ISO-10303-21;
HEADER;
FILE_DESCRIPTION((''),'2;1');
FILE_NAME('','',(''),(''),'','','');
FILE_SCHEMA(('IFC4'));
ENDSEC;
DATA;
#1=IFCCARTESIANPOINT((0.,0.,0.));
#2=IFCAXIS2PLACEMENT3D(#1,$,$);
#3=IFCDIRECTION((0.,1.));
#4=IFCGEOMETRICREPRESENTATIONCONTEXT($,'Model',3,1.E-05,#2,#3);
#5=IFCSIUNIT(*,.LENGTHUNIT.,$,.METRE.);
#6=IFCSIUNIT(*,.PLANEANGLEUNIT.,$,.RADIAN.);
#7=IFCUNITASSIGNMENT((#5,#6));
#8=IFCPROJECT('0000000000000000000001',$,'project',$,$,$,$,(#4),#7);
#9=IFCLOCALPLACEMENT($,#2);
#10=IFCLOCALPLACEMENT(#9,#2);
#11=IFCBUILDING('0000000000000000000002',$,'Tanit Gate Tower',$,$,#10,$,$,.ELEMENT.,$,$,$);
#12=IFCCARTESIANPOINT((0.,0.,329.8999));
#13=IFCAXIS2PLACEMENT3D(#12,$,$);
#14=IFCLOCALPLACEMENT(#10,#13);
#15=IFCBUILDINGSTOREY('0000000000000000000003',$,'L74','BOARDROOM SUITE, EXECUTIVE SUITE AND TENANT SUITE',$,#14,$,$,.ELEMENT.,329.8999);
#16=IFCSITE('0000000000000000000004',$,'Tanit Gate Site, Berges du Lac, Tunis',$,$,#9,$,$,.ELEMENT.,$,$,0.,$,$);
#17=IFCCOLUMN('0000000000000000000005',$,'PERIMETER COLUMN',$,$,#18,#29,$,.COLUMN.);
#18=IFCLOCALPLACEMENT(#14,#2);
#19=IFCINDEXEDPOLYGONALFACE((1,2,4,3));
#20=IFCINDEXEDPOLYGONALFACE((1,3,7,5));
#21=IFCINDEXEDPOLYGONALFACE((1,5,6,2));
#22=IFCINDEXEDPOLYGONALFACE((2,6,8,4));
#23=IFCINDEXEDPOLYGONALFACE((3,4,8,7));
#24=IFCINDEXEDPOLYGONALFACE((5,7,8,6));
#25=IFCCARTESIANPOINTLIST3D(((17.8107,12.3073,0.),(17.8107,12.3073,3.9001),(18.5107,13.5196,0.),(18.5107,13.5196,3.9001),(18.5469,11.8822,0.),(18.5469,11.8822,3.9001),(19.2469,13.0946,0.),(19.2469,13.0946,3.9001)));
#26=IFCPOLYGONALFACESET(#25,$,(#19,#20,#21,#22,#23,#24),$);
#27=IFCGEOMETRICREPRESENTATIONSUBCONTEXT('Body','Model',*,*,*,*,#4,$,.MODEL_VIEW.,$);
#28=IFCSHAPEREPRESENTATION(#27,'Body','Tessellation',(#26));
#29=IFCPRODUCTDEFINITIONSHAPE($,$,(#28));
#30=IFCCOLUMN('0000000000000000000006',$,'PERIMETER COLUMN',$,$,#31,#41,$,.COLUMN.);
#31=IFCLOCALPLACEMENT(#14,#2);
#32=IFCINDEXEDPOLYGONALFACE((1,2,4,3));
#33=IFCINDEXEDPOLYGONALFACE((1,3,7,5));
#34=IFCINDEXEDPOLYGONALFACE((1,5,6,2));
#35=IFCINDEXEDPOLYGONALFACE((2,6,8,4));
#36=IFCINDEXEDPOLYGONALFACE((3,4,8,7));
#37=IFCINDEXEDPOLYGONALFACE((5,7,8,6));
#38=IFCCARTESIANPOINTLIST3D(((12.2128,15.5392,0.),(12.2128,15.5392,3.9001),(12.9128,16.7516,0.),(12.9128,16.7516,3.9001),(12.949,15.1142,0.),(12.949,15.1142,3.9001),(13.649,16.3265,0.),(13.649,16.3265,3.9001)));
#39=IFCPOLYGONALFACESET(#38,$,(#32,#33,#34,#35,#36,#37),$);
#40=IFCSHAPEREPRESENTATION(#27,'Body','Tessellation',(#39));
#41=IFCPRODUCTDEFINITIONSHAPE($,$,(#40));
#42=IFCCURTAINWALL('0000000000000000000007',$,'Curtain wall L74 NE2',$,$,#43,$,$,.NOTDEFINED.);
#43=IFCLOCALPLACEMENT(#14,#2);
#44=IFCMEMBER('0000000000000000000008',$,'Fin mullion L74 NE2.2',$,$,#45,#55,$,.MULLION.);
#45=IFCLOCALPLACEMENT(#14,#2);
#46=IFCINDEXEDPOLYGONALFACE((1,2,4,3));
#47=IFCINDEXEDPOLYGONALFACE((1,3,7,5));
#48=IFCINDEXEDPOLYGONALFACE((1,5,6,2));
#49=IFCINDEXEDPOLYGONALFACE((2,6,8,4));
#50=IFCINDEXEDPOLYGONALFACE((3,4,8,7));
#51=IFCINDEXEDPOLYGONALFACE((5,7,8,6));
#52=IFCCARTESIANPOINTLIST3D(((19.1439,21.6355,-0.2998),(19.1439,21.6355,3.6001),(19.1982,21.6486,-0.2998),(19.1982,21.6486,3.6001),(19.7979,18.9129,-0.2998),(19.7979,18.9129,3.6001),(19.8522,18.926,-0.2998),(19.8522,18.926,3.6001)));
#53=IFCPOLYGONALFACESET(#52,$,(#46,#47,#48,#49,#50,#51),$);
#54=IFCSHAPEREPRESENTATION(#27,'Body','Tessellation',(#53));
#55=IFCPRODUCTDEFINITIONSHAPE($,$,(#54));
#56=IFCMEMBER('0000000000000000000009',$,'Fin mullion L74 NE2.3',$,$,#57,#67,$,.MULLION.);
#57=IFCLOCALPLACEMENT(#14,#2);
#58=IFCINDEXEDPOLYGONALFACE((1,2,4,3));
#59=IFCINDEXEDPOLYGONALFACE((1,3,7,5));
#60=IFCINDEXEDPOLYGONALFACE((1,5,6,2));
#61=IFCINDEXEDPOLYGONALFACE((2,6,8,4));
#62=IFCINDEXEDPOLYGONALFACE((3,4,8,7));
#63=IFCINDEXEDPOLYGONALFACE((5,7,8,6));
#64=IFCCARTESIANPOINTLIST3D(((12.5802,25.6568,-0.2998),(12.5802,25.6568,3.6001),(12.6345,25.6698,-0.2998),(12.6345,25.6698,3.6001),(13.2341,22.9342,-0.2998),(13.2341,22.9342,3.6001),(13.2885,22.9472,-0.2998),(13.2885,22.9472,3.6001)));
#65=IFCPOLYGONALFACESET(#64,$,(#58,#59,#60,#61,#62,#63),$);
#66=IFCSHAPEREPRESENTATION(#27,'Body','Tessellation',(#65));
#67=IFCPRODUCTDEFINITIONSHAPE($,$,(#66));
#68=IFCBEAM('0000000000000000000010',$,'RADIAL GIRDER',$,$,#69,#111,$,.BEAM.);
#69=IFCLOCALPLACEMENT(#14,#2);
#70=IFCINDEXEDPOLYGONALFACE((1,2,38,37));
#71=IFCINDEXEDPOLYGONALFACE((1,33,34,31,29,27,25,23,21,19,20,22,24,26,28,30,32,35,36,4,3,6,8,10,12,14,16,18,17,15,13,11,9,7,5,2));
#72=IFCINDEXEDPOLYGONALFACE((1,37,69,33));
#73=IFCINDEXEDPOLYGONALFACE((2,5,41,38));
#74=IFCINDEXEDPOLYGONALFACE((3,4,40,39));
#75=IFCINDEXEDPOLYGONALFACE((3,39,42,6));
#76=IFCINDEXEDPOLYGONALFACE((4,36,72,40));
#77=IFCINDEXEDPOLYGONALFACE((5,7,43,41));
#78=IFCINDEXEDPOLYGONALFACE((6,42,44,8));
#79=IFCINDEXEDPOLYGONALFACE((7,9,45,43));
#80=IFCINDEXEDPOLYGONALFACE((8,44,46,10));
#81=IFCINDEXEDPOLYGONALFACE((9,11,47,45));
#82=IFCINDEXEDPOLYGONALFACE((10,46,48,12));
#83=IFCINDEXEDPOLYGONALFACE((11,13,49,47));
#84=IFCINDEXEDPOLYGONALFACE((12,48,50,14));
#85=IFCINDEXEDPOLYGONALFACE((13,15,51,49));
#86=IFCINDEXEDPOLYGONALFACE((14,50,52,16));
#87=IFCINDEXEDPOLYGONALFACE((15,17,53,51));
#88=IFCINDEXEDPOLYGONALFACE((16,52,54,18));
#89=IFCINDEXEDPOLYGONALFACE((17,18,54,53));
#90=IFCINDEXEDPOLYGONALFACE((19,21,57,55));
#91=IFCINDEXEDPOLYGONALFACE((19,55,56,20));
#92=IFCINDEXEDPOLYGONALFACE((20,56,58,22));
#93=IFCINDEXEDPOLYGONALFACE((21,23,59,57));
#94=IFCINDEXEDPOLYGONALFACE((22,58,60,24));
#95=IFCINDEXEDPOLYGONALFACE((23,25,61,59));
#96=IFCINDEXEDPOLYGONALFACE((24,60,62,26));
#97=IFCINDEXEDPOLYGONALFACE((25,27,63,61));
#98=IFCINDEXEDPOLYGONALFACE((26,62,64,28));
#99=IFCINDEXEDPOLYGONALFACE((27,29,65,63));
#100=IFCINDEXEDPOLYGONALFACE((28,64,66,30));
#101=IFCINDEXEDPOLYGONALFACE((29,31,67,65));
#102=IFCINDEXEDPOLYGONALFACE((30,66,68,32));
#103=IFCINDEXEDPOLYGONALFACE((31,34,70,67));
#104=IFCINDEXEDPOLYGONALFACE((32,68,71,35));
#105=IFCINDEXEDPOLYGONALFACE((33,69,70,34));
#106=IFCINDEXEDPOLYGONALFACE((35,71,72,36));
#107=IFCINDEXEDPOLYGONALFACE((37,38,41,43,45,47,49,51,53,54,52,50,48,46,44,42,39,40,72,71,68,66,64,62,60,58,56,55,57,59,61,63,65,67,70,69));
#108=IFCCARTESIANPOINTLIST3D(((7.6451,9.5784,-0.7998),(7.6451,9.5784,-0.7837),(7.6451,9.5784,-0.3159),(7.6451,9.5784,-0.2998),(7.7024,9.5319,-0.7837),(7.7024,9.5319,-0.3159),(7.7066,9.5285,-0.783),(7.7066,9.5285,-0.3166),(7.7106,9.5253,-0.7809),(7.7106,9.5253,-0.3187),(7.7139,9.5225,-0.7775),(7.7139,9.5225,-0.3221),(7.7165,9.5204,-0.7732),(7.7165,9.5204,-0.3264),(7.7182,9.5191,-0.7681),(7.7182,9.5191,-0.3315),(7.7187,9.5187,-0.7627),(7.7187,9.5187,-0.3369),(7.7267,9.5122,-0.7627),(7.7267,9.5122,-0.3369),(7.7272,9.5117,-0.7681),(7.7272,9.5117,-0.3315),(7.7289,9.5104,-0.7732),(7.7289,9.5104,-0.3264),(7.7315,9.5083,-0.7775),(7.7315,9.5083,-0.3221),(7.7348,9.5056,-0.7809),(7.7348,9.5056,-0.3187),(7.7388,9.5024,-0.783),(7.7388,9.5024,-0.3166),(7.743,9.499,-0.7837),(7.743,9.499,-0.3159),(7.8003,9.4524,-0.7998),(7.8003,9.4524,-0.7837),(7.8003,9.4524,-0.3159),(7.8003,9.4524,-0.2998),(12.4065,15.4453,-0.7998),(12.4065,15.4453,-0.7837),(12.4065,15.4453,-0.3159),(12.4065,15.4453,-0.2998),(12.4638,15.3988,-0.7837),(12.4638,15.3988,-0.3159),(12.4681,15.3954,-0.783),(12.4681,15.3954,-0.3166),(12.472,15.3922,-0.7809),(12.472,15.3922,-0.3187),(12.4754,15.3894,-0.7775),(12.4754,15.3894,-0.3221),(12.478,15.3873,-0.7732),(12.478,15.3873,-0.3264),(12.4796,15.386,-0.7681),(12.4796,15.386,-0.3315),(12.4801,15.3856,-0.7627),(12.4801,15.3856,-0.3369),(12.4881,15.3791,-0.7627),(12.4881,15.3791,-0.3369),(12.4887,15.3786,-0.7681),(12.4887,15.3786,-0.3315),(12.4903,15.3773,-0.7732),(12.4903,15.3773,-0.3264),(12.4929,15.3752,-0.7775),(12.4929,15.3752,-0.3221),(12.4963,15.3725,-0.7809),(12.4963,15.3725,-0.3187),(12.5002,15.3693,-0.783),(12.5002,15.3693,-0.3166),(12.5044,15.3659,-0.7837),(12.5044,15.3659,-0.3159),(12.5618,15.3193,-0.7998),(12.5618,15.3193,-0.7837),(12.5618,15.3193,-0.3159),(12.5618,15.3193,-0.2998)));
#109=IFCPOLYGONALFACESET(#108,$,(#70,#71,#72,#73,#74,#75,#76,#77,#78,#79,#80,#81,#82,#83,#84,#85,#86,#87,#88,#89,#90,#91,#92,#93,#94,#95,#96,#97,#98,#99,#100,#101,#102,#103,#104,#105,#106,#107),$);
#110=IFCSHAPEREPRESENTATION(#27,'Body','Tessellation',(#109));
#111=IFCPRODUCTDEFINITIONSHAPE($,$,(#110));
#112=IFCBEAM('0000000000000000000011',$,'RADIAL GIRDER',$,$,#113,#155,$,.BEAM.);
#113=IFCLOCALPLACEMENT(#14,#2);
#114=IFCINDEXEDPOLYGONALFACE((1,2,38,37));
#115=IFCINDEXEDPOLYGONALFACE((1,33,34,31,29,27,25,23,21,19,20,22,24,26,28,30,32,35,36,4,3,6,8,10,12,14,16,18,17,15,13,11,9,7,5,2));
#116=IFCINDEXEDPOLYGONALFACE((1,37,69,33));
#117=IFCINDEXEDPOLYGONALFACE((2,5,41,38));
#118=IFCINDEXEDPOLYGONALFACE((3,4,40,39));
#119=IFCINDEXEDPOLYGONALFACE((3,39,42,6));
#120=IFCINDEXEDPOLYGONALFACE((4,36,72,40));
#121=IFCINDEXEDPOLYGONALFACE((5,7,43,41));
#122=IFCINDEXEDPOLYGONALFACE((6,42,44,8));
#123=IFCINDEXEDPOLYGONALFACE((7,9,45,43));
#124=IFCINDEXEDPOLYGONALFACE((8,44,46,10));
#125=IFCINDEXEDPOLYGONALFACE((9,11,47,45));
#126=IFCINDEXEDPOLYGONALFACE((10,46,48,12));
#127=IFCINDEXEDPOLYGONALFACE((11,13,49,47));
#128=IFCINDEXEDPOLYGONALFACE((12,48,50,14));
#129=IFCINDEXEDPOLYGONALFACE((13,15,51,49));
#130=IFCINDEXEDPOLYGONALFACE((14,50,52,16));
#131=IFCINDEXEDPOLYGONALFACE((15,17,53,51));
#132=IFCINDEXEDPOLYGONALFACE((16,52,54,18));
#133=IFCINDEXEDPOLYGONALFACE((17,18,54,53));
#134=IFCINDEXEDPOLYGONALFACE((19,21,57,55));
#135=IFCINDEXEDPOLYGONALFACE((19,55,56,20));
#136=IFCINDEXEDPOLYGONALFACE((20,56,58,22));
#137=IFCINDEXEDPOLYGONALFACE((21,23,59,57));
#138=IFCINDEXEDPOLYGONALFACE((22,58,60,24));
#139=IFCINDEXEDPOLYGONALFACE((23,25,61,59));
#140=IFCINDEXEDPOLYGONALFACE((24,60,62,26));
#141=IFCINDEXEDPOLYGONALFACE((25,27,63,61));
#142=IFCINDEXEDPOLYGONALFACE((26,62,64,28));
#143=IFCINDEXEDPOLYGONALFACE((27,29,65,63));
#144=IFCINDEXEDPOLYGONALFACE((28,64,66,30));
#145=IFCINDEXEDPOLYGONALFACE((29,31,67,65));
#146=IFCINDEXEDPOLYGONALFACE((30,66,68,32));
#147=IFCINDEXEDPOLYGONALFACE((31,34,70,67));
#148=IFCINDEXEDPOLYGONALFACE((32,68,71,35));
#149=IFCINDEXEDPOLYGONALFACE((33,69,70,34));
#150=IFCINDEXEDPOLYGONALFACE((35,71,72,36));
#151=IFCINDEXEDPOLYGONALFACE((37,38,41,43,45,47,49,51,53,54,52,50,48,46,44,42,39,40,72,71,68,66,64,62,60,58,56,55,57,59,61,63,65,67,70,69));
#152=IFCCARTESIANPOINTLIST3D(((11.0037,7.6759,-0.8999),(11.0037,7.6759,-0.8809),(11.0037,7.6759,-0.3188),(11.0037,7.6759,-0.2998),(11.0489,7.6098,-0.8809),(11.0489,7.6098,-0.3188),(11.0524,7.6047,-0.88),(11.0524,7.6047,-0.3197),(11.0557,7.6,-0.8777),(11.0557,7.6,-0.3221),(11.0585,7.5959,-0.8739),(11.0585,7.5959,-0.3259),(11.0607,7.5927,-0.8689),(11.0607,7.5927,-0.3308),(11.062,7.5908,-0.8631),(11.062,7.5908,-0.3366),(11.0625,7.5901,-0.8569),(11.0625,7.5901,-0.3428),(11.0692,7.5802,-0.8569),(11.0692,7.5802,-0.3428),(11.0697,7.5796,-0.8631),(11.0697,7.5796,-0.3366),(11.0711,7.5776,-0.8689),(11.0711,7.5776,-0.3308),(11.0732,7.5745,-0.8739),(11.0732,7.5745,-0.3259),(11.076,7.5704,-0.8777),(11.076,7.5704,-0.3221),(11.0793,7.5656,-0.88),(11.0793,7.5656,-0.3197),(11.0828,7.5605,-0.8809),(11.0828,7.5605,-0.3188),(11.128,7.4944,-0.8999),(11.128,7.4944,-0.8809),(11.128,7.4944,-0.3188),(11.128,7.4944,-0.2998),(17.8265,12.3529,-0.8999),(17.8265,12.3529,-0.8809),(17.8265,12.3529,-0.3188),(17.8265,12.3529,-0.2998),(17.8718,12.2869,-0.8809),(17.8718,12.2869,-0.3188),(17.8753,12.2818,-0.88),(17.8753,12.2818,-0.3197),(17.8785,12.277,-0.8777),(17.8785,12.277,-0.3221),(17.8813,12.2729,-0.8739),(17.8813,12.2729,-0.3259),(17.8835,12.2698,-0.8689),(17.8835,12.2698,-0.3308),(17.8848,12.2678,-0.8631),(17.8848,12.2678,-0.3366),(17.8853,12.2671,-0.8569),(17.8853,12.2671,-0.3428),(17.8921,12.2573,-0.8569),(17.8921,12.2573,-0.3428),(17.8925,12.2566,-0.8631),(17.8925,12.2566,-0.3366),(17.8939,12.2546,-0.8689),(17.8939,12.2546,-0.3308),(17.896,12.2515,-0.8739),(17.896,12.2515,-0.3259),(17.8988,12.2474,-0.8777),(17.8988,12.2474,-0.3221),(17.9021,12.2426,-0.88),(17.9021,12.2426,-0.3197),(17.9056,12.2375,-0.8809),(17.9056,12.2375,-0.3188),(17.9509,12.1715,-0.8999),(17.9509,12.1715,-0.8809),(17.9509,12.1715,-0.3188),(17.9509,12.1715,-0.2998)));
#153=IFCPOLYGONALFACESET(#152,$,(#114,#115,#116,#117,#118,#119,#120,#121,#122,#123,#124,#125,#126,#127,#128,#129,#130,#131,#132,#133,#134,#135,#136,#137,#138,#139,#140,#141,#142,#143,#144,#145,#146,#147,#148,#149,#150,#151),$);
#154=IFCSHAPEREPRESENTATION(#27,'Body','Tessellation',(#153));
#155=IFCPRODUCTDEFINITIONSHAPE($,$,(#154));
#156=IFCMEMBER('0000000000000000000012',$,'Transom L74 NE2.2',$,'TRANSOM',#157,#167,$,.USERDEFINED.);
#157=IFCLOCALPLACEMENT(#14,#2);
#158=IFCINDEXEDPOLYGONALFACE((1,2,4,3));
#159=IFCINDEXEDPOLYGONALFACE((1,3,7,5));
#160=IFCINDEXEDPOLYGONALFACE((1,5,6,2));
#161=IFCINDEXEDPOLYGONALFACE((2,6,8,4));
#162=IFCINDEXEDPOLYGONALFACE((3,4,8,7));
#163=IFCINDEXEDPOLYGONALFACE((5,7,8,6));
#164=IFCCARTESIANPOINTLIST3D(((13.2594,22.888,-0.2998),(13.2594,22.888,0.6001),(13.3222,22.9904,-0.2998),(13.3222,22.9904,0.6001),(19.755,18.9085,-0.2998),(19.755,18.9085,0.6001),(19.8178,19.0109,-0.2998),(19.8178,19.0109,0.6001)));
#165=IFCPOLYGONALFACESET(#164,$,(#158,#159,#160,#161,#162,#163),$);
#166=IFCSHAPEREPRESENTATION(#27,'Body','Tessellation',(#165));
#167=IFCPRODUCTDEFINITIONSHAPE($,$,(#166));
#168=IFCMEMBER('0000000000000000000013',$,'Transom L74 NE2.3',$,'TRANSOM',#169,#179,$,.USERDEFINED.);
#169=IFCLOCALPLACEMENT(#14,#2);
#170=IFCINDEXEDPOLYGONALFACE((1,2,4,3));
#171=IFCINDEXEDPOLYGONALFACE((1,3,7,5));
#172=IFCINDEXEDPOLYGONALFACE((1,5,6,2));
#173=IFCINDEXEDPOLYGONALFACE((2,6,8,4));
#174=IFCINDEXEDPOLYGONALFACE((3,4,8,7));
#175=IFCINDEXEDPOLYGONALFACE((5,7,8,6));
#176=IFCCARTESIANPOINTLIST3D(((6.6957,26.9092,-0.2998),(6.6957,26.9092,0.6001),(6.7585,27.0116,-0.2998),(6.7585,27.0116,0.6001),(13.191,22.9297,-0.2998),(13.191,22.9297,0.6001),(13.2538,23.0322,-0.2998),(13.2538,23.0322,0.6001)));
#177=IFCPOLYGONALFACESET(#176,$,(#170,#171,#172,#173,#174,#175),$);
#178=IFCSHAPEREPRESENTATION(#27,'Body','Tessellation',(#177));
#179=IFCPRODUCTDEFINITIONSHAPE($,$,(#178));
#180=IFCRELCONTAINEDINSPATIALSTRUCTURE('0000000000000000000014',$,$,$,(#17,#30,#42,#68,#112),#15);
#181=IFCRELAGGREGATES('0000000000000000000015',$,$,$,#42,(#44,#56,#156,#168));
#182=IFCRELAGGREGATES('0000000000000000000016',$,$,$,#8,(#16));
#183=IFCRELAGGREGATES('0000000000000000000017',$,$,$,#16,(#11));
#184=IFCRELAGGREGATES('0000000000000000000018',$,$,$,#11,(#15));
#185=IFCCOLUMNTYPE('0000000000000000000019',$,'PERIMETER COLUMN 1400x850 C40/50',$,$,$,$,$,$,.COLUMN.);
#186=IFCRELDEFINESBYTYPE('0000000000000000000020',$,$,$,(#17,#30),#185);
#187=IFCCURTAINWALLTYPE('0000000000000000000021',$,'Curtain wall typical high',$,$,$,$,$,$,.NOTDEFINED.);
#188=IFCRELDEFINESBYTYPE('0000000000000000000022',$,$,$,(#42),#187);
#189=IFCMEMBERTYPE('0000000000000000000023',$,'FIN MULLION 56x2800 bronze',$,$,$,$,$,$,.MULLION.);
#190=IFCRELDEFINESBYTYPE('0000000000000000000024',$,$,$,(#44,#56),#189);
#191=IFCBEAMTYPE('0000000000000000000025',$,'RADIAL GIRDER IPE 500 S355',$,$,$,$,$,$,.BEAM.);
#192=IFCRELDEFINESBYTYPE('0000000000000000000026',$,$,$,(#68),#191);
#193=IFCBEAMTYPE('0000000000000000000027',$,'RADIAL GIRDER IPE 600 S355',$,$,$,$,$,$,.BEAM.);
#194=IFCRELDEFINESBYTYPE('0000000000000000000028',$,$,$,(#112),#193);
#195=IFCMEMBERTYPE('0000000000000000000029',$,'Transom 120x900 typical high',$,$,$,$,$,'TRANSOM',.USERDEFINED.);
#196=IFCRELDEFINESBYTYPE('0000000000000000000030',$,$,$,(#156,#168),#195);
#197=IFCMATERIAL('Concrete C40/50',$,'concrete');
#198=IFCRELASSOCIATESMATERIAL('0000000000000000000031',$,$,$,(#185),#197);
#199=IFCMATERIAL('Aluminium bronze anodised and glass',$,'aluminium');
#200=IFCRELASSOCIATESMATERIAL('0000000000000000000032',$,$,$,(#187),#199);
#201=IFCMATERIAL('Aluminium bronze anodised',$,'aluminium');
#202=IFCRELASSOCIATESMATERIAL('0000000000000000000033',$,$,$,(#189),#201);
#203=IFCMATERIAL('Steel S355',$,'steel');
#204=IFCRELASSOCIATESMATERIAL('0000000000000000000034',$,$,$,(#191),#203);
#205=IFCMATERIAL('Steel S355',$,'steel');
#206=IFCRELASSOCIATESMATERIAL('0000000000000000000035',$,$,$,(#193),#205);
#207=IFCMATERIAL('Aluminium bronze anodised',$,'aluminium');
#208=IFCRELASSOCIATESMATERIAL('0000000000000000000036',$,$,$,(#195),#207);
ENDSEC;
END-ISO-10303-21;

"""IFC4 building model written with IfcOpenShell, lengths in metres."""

from ifc_helpers import new_model, si_unit, direction, frame, origin, origin_2d, place, context, subcontext, project, spatial, rectangle, i_section, extrude, material, material_profile, profile_set, type_object, element, aggregate, save


model = new_model("IFC4")

# Units and contexts
model_context = context("Model", 3, precision=1e-05, world=origin(), true_north=direction((0.0, 1.0)))
body_context = subcontext(model_context, "Body", "Model", "MODEL_VIEW")
ifc_project = project(units=[si_unit("LENGTHUNIT", "METRE"), si_unit("PLANEANGLEUNIT", "RADIAN")], contexts=[model_context])

# Site, building, storey
site_placement = place(None, origin())
site = spatial("IfcSite", under=ifc_project, at=site_placement, Name="Tanit Gate Site, Berges du Lac, Tunis", CompositionType="ELEMENT", RefElevation=0.0)
building_placement = place(site_placement, origin())
building = spatial("IfcBuilding", under=site, at=building_placement, Name="Tanit Gate Tower", CompositionType="ELEMENT")
storey_placement = place(building_placement, frame((0.0, 0.0, 329.8999)))
storey = spatial("IfcBuildingStorey", under=building, at=storey_placement, Name="L74", Description="BOARDROOM SUITE, EXECUTIVE SUITE AND TENANT SUITE", CompositionType="ELEMENT", Elevation=329.8999)

# Columns
ifc_material_1 = material(Name="Concrete C40/50", Category="concrete")
ifc_material_profile_1 = material_profile(ifc_material_1, rectangle(XDim=1.3999, YDim=0.8501, at=origin_2d()), Name="RC 1400x850")
ifc_profile_set_1 = profile_set([ifc_material_profile_1], Name="Concrete C40/50")
column_type = type_object("IfcColumnType", Name="PERIMETER COLUMN 1400x850 C40/50", PredefinedType="COLUMN", material=ifc_profile_set_1)
for number, where, z_axis, x_axis, name in (
    (1, (18.5288, 12.7009, 0.0), (0.0, 0.0, 1.0), (0.5, 0.866025, 0.0), "PERIMETER COLUMN"),
    (2, (12.9309, 15.9329, 0.0), (0.0, 0.0, 1.0), (0.5, 0.866025, 0.0), "PERIMETER COLUMN"),
):
    element("IfcColumn", number, at=place(storey_placement, frame(where, z_axis=z_axis, x_axis=x_axis)), inside=storey, type_object=column_type, Name=name, PredefinedType="COLUMN", context=body_context, shape_type="SweptSolid", body=[
        extrude(rectangle(XDim=1.3999, YDim=0.8501, at=origin_2d()), origin(), (0.0, 0.0, 1.0), 3.9001),
    ])

# Curtain wall, members
ifc_material_2 = material(Name="Aluminium bronze anodised and glass", Category="aluminium")
curtain_wall_type = type_object("IfcCurtainWallType", Name="Curtain wall typical high", PredefinedType="NOTDEFINED", material=ifc_material_2)
curtain_wall_placement = place(storey_placement, origin())
curtain_wall = element("IfcCurtainWall", 3, at=curtain_wall_placement, inside=storey, type_object=curtain_wall_type, Name="Curtain wall L74 NE2", PredefinedType="NOTDEFINED")
ifc_material_3 = material(Name="Aluminium bronze anodised", Category="aluminium")
ifc_material_profile_2 = material_profile(ifc_material_3, rectangle(XDim=2.8, YDim=0.0559, at=origin_2d()), Name="56x2800 bronze fin mullion")
ifc_profile_set_2 = profile_set([ifc_material_profile_2], Name="Aluminium bronze anodised")
member_type_1 = type_object("IfcMemberType", Name="FIN MULLION 56x2800 bronze", PredefinedType="MULLION", material=ifc_profile_set_2)
member_1_placement = place(storey_placement, frame((19.498, 20.2808, -0.2998), z_axis=(0.0, 0.0, 1.0), x_axis=(0.233557, -0.972343, 0.0)))
member_1 = element("IfcMember", 4, at=member_1_placement, type_object=member_type_1, Name="Fin mullion L74 NE2.2", PredefinedType="MULLION", context=body_context, shape_type="SweptSolid", body=[
    extrude(rectangle(XDim=2.8, YDim=0.0559, at=origin_2d()), origin(), (0.0, 0.0, 1.0), 3.8999),
])
member_2_placement = place(storey_placement, frame((12.9343, 24.302, -0.2998), z_axis=(0.0, 0.0, 1.0), x_axis=(0.233557, -0.972343, 0.0)))
member_2 = element("IfcMember", 5, at=member_2_placement, type_object=member_type_1, Name="Fin mullion L74 NE2.3", PredefinedType="MULLION", context=body_context, shape_type="SweptSolid", body=[
    extrude(rectangle(XDim=2.8, YDim=0.0559, at=origin_2d()), origin(), (0.0, 0.0, 1.0), 3.8999),
])

# Beams
ifc_material_4 = material(Name="Steel S355", Category="steel")
ifc_material_profile_3 = material_profile(ifc_material_4, i_section(OverallWidth=0.2, OverallDepth=0.5, WebThickness=0.0103, FlangeThickness=0.0161, FilletRadius=0.021, at=origin_2d()), Name="IPE 500")
ifc_profile_set_3 = profile_set([ifc_material_profile_3], Name="Steel S355")
beam_type_1 = type_object("IfcBeamType", Name="RADIAL GIRDER IPE 500 S355", PredefinedType="BEAM", material=ifc_profile_set_3)
beam_1_placement = place(storey_placement, frame((12.4841, 15.3823, -0.5498), z_axis=(-0.630161, -0.776465, 0.0), x_axis=(0.776465, -0.630161, 0.0)))
element("IfcBeam", 6, at=beam_1_placement, inside=storey, type_object=beam_type_1, Name="RADIAL GIRDER", PredefinedType="BEAM", context=body_context, shape_type="SweptSolid", body=[
    extrude(i_section(OverallWidth=0.2, OverallDepth=0.5, WebThickness=0.0103, FlangeThickness=0.0161, FilletRadius=0.021, at=origin_2d()), origin(), (0.0, 0.0, 1.0), 7.5559),
])
ifc_material_5 = material(Name="Steel S355", Category="steel")
ifc_material_profile_4 = material_profile(ifc_material_5, i_section(OverallWidth=0.22, OverallDepth=0.6001, WebThickness=0.012, FlangeThickness=0.019, FilletRadius=0.0239, at=origin_2d()), Name="IPE 600")
ifc_profile_set_4 = profile_set([ifc_material_profile_4], Name="Steel S355")
beam_type_2 = type_object("IfcBeamType", Name="RADIAL GIRDER IPE 600 S355", PredefinedType="BEAM", material=ifc_profile_set_4)
beam_2_placement = place(storey_placement, frame((17.8887, 12.2622, -0.5999), z_axis=(-0.824811, -0.565408, 0.0), x_axis=(0.565408, -0.824811, 0.0)))
element("IfcBeam", 7, at=beam_2_placement, inside=storey, type_object=beam_type_2, Name="RADIAL GIRDER", PredefinedType="BEAM", context=body_context, shape_type="SweptSolid", body=[
    extrude(i_section(OverallWidth=0.22, OverallDepth=0.6001, WebThickness=0.012, FlangeThickness=0.019, FilletRadius=0.0239, at=origin_2d()), origin(), (0.0, 0.0, 1.0), 8.272),
])

# Members
ifc_material_6 = material(Name="Aluminium bronze anodised", Category="aluminium")
ifc_material_profile_5 = material_profile(ifc_material_6, rectangle(XDim=0.1201, YDim=0.8999, at=origin_2d()), Name="120x900 bronze transom")
ifc_profile_set_5 = profile_set([ifc_material_profile_5], Name="Aluminium bronze anodised")
member_type_2 = type_object("IfcMemberType", Name="Transom 120x900 typical high", ElementType="TRANSOM", PredefinedType="USERDEFINED", material=ifc_profile_set_5)
member_3_placement = place(storey_placement, frame((19.7864, 18.9597, 0.1501), z_axis=(-0.8527, 0.522401, 0.0), x_axis=(-0.522401, -0.8527, 0.0)))
member_3 = element("IfcMember", 8, at=member_3_placement, type_object=member_type_2, Name="Transom L74 NE2.2", ObjectType="TRANSOM", PredefinedType="USERDEFINED", context=body_context, shape_type="SweptSolid", body=[
    extrude(rectangle(XDim=0.1201, YDim=0.8999, at=origin_2d()), origin(), (0.0, 0.0, 1.0), 7.6177),
])
member_4_placement = place(storey_placement, frame((13.2224, 22.981, 0.1501), z_axis=(-0.852691, 0.522415, 0.0), x_axis=(-0.522415, -0.852691, 0.0)))
member_4 = element("IfcMember", 9, at=member_4_placement, type_object=member_type_2, Name="Transom L74 NE2.3", ObjectType="TRANSOM", PredefinedType="USERDEFINED", context=body_context, shape_type="SweptSolid", body=[
    extrude(rectangle(XDim=0.1201, YDim=0.8999, at=origin_2d()), origin(), (0.0, 0.0, 1.0), 7.6174),
])

aggregate(curtain_wall, [member_1, member_2, member_3, member_4])

save(model, "model.ifc")
